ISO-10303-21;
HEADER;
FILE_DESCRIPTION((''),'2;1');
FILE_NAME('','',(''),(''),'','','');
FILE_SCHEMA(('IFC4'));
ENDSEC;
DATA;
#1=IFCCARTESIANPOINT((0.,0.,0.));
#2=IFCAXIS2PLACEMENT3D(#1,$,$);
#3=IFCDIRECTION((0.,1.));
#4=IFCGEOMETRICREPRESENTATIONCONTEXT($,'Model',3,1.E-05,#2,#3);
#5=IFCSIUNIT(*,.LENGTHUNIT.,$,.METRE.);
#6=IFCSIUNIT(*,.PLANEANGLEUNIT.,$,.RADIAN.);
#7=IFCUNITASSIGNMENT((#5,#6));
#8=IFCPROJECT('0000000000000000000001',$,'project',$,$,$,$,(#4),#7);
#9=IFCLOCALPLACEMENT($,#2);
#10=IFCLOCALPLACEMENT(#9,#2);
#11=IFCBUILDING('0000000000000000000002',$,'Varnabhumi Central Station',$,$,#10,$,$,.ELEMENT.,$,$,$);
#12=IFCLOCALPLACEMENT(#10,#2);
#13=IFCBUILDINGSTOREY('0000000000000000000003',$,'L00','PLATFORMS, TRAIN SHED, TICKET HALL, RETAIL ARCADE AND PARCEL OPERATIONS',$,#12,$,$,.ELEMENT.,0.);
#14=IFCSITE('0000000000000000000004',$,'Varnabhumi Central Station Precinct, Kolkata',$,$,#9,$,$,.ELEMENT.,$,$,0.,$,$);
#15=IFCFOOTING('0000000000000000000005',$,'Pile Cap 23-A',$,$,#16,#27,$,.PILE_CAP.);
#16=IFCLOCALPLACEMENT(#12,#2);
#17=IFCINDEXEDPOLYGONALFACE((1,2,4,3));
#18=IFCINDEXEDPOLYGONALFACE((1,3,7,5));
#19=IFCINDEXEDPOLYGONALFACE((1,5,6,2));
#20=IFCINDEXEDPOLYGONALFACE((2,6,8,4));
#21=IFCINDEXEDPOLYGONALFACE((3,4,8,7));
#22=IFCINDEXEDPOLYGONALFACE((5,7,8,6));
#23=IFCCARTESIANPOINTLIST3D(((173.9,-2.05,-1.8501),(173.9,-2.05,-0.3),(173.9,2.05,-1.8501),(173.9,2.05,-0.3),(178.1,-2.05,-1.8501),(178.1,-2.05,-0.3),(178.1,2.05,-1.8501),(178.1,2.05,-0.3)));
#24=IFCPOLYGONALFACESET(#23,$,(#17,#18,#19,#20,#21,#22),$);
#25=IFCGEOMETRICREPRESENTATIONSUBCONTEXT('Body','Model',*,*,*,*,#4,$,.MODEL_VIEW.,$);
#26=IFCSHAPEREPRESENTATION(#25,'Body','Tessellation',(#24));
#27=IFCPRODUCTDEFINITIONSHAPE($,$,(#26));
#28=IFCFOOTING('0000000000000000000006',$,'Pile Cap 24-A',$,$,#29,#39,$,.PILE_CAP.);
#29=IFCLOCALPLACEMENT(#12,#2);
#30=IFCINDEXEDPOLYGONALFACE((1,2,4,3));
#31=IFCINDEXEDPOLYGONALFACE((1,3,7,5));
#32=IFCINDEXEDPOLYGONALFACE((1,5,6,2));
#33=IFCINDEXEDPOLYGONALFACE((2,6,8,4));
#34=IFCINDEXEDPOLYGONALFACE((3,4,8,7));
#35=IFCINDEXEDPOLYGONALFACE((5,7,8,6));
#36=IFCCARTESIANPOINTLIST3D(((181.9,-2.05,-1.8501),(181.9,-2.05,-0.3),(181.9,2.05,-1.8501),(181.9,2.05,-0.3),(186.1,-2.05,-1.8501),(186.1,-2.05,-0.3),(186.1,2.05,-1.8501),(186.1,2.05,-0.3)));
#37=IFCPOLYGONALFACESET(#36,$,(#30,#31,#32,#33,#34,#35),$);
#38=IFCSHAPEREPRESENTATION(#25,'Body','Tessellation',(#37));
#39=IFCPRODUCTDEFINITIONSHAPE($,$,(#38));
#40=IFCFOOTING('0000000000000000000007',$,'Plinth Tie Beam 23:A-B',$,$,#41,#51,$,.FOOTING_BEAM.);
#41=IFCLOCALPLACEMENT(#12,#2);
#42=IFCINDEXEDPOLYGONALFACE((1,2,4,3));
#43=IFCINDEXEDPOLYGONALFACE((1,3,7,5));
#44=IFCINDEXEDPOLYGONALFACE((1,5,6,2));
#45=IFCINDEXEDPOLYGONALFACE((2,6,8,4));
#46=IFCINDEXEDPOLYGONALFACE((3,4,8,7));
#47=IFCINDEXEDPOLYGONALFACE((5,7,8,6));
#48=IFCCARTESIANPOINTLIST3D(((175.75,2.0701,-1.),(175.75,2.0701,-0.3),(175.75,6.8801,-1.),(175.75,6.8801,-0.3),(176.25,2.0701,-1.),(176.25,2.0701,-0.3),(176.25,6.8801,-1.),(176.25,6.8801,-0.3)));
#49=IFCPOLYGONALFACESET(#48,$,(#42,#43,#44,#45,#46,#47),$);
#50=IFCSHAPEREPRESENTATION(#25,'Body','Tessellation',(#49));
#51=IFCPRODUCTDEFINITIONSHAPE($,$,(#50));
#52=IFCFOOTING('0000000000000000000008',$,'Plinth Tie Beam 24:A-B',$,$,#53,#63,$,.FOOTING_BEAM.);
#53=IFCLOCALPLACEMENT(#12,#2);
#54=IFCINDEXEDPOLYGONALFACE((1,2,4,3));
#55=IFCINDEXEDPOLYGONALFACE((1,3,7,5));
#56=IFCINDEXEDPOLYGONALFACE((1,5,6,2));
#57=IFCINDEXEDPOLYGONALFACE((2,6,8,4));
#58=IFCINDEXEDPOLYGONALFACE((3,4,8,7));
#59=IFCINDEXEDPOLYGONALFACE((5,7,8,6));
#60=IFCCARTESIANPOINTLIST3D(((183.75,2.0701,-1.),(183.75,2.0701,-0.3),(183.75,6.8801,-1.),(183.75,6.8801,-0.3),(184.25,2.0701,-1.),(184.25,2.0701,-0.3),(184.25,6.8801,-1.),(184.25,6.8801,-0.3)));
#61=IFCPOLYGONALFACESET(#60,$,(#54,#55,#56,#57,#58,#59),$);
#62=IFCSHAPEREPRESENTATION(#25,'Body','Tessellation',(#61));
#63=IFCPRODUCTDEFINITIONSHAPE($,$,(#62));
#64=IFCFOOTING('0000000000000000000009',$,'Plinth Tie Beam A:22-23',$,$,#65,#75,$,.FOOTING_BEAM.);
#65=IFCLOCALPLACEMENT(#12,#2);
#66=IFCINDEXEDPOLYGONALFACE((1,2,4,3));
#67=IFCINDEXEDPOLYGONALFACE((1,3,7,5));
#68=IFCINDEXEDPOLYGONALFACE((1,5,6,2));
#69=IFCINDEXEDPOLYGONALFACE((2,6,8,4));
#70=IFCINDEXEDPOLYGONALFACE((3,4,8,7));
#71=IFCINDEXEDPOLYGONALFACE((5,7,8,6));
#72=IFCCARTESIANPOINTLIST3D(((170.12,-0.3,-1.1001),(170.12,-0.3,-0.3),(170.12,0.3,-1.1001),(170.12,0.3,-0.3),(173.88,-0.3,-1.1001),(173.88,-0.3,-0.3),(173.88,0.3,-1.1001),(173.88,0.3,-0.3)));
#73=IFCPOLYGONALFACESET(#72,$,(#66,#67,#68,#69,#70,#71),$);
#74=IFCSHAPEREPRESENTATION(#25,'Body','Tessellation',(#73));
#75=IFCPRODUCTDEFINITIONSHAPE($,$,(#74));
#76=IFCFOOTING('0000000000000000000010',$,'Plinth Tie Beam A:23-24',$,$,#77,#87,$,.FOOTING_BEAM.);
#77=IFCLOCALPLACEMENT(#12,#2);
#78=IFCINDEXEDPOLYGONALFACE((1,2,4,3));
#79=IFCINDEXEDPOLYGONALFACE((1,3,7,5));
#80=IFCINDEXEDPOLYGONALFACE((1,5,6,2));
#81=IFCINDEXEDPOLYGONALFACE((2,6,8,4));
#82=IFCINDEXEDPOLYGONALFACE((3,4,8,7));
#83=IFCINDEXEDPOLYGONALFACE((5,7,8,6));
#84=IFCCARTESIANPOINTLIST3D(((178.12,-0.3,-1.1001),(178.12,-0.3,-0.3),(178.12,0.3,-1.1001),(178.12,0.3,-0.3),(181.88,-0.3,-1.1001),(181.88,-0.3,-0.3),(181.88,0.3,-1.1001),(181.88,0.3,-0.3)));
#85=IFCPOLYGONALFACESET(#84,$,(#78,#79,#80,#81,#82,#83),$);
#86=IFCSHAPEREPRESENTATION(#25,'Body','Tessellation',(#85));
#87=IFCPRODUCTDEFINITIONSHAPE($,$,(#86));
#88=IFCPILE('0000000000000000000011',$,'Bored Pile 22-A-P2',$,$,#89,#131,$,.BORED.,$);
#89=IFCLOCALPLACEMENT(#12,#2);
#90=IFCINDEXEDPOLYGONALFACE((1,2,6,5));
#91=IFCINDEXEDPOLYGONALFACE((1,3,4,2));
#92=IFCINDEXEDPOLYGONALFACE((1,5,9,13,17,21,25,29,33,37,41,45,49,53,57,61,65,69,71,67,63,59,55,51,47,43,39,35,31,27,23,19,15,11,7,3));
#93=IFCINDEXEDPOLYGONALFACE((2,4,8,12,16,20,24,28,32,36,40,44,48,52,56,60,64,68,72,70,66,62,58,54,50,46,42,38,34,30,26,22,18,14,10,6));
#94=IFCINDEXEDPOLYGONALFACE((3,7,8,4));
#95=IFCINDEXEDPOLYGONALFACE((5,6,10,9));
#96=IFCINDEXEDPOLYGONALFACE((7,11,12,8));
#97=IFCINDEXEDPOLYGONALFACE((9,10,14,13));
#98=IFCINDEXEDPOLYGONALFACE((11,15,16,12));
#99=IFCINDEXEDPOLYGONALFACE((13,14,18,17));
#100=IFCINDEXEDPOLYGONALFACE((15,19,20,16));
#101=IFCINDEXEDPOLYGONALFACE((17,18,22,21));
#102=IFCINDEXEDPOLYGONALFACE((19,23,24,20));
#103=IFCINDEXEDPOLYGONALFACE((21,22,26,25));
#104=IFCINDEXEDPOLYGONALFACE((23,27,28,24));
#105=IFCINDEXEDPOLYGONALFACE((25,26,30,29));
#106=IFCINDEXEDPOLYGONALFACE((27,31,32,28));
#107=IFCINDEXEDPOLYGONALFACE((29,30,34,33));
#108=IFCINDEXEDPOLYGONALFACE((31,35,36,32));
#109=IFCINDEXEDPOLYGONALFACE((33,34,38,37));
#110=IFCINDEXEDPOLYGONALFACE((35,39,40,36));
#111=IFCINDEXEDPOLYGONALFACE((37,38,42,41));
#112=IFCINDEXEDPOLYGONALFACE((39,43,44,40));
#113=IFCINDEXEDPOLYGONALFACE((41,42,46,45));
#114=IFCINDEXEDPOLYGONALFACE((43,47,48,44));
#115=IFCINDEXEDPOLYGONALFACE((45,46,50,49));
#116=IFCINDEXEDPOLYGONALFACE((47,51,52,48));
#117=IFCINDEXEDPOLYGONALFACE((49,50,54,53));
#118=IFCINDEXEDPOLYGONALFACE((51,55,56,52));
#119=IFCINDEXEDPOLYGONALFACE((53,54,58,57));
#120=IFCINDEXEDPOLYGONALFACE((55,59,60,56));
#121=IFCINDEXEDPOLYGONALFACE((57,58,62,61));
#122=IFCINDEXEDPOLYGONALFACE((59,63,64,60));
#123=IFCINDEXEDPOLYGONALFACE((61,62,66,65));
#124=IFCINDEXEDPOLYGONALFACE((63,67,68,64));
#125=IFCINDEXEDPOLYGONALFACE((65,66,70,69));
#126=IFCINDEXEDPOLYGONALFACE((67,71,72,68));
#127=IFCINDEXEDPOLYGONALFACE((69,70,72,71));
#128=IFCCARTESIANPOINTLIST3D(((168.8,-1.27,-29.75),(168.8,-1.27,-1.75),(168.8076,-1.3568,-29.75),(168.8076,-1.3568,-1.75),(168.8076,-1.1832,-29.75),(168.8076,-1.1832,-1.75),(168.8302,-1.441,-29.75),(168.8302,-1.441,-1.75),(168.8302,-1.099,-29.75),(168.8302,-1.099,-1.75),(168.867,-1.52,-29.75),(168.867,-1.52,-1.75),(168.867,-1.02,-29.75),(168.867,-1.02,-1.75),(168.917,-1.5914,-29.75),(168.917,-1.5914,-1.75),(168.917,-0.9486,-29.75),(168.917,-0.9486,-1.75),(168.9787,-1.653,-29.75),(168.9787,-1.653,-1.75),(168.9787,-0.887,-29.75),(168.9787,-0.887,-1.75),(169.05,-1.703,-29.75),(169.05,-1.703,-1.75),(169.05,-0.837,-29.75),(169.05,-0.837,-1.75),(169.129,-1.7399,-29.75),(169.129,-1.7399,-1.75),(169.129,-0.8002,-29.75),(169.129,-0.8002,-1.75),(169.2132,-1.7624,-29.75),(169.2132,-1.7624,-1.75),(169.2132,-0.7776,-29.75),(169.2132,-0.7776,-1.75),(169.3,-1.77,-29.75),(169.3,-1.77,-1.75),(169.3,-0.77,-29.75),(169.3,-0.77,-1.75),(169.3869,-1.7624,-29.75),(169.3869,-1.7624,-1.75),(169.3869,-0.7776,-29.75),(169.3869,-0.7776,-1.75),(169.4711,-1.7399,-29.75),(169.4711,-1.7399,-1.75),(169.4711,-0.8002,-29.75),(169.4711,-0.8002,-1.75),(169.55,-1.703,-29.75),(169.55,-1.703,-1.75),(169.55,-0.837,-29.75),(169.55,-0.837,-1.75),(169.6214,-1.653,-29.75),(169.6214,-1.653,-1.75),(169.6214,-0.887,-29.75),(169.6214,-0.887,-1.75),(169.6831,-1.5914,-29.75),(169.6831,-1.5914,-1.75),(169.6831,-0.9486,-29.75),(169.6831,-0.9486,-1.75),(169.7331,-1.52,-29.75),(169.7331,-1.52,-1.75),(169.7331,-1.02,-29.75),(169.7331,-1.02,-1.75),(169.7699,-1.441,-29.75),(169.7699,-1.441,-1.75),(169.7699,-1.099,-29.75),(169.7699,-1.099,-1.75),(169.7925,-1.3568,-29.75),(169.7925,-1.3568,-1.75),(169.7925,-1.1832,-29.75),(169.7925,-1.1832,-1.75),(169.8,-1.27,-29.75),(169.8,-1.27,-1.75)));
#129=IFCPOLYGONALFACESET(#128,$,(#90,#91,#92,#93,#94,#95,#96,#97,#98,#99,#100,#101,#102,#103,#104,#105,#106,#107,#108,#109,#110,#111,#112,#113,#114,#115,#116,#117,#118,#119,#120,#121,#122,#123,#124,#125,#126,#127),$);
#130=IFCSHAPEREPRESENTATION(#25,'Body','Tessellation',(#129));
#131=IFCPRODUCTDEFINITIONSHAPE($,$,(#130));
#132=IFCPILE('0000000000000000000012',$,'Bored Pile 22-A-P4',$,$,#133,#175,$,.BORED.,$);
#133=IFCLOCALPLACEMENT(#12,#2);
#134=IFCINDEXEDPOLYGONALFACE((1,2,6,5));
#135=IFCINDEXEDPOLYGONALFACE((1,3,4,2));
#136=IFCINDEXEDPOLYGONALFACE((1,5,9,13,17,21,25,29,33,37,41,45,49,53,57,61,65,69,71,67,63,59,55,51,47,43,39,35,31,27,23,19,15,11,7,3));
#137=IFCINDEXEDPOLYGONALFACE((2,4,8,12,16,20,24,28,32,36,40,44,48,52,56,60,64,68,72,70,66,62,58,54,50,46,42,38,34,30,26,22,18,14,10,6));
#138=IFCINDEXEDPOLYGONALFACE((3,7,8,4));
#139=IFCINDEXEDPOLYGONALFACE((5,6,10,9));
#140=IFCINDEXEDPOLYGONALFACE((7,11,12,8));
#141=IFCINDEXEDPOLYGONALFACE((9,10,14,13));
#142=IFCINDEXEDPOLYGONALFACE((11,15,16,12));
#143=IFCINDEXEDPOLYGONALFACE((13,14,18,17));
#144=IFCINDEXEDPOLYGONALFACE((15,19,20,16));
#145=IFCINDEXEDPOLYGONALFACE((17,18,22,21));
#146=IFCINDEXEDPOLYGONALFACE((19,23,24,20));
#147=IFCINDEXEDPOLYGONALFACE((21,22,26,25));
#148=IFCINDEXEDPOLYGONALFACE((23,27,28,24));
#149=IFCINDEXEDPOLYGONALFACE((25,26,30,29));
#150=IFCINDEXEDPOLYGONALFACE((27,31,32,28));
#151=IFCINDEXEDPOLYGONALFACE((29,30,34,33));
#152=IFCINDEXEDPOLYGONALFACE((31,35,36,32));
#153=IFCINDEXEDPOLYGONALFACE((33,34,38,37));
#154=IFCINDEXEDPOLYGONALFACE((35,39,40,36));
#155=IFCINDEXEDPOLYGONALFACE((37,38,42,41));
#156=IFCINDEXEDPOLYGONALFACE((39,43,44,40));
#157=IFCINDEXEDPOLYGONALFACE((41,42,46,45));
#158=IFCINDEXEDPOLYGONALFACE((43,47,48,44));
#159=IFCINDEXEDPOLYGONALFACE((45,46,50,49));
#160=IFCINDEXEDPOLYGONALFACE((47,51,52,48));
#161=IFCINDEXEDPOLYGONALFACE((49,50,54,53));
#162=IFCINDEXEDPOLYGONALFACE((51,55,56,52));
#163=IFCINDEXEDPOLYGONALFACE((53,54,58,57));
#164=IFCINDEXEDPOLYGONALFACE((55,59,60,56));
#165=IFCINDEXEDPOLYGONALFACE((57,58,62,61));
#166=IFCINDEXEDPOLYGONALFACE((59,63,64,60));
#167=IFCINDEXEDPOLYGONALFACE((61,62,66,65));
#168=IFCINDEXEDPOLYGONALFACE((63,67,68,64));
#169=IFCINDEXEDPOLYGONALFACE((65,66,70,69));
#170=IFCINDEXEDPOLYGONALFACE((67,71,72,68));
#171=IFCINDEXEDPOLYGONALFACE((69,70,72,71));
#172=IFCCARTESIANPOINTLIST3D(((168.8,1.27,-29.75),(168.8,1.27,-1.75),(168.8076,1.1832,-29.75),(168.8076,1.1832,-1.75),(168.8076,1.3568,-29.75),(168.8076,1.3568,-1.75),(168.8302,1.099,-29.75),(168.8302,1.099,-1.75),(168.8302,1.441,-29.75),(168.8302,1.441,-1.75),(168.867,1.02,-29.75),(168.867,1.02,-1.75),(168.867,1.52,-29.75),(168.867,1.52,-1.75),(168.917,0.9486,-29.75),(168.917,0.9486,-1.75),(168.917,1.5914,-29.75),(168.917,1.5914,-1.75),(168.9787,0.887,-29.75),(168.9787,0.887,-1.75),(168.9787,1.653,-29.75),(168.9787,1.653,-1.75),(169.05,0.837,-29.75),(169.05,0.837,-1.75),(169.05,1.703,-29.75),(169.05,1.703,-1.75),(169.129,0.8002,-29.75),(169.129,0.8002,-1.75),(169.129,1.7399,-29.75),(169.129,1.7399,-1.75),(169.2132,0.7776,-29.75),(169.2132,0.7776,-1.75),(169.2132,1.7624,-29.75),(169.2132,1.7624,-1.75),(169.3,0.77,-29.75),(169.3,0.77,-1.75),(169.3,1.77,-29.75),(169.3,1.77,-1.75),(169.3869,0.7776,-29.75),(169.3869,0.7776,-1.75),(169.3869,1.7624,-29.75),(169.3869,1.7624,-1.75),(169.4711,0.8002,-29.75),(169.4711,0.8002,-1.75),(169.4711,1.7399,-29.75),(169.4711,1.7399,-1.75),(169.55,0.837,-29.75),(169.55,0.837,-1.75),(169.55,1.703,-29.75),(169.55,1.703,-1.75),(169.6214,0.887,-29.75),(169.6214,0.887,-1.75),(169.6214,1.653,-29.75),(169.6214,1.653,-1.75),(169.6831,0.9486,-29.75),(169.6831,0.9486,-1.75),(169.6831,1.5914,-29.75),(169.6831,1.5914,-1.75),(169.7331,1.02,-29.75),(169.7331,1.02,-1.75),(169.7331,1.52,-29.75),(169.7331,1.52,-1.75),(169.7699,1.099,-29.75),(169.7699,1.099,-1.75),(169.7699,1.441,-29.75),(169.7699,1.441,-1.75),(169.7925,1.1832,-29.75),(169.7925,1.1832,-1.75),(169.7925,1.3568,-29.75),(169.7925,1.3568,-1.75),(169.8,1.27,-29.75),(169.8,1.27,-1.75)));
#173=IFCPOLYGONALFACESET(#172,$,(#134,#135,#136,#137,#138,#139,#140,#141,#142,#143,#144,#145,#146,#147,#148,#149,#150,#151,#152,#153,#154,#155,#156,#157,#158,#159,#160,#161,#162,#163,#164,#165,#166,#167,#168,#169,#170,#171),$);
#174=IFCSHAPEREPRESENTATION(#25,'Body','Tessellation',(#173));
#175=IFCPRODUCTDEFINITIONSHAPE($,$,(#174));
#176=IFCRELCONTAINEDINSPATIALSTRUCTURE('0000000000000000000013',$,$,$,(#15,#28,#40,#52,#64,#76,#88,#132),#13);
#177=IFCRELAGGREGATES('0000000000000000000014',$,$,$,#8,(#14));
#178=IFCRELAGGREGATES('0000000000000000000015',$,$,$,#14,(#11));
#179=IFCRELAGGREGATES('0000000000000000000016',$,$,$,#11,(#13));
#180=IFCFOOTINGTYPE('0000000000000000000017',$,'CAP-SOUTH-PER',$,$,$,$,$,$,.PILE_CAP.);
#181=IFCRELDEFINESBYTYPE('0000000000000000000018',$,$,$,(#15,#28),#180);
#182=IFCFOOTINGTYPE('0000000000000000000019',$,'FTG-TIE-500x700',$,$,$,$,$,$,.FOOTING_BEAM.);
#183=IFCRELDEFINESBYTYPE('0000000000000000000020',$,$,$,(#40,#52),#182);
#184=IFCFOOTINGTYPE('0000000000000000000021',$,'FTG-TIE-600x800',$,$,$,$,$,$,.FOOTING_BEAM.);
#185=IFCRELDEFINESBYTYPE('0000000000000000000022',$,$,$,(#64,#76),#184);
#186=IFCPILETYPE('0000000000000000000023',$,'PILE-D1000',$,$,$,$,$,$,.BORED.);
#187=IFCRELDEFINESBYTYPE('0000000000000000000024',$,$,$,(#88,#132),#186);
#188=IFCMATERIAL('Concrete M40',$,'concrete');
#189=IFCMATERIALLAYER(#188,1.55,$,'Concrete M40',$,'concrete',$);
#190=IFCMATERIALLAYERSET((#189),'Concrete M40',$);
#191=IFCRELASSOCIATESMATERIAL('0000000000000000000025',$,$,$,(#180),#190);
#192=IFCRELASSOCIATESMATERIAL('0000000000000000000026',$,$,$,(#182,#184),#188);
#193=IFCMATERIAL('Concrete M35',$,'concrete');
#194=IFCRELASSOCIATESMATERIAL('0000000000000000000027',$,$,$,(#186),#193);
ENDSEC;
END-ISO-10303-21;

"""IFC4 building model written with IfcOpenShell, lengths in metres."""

from ifc_helpers import new_model, si_unit, direction, frame, origin, origin_2d, place, context, subcontext, project, spatial, rectangle, circle, extrude, material, layer, layer_set, material_profile, profile_set, type_object, element, save


model = new_model("IFC4")

# Units and contexts
model_context = context("Model", 3, precision=1e-05, world=origin(), true_north=direction((0.0, 1.0)))
body_context = subcontext(model_context, "Body", "Model", "MODEL_VIEW")
ifc_project = project(units=[si_unit("LENGTHUNIT", "METRE"), si_unit("PLANEANGLEUNIT", "RADIAN")], contexts=[model_context])

# Site, building, storey
site_placement = place(None, origin())
site = spatial("IfcSite", under=ifc_project, at=site_placement, Name="Varnabhumi Central Station Precinct, Kolkata", CompositionType="ELEMENT", RefElevation=0.0)
building_placement = place(site_placement, origin())
building = spatial("IfcBuilding", under=site, at=building_placement, Name="Varnabhumi Central Station", CompositionType="ELEMENT")
storey_placement = place(building_placement, origin())
storey = spatial("IfcBuildingStorey", under=building, at=storey_placement, Name="L00", Description="PLATFORMS, TRAIN SHED, TICKET HALL, RETAIL ARCADE AND PARCEL OPERATIONS", CompositionType="ELEMENT", Elevation=0.0)

# Footings
ifc_material_1 = material(Name="Concrete M40", Category="concrete")
ifc_layer_1 = layer(ifc_material_1, 1.55, Name="Concrete M40", Category="concrete")
ifc_layer_set_1 = layer_set([ifc_layer_1], Name="Concrete M40")
footing_type_1 = type_object("IfcFootingType", Name="CAP-SOUTH-PER", PredefinedType="PILE_CAP", material=ifc_layer_set_1)
for number, where, z_axis, x_axis, name in (
    (1, (176.0, 0.0, -1.8501), (0.0, 0.0, 1.0), (1.0, 0.0, 0.0), "Pile Cap 23-A"),
    (2, (184.0, 0.0, -1.8501), (0.0, 0.0, 1.0), (1.0, 0.0, 0.0), "Pile Cap 24-A"),
):
    element("IfcFooting", number, at=place(storey_placement, frame(where, z_axis=z_axis, x_axis=x_axis)), inside=storey, type_object=footing_type_1, Name=name, PredefinedType="PILE_CAP", context=body_context, shape_type="SweptSolid", body=[
        extrude(rectangle(XDim=4.2, YDim=4.1001, at=origin_2d()), origin(), (0.0, 0.0, 1.0), 1.55),
    ])
footing_type_2 = type_object("IfcFootingType", Name="FTG-TIE-500x700", PredefinedType="FOOTING_BEAM", material=ifc_material_1)
for number, where, z_axis, x_axis, name in (
    (3, (176.0, 4.4751, -1.0), (0.0, 0.0, 1.0), (1.0, 0.0, 0.0), "Plinth Tie Beam 23:A-B"),
    (4, (184.0, 4.4751, -1.0), (0.0, 0.0, 1.0), (1.0, 0.0, 0.0), "Plinth Tie Beam 24:A-B"),
):
    element("IfcFooting", number, at=place(storey_placement, frame(where, z_axis=z_axis, x_axis=x_axis)), inside=storey, type_object=footing_type_2, Name=name, PredefinedType="FOOTING_BEAM", context=body_context, shape_type="SweptSolid", body=[
        extrude(rectangle(XDim=0.5, YDim=4.8101, at=origin_2d()), origin(), (0.0, 0.0, 1.0), 0.7),
    ])
footing_type_3 = type_object("IfcFootingType", Name="FTG-TIE-600x800", PredefinedType="FOOTING_BEAM", material=ifc_material_1)
for number, where, z_axis, x_axis, name in (
    (5, (172.0, 0.0, -1.1001), (0.0, 0.0, 1.0), (1.0, 0.0, 0.0), "Plinth Tie Beam A:22-23"),
    (6, (180.0, 0.0, -1.1001), (0.0, 0.0, 1.0), (1.0, 0.0, 0.0), "Plinth Tie Beam A:23-24"),
):
    element("IfcFooting", number, at=place(storey_placement, frame(where, z_axis=z_axis, x_axis=x_axis)), inside=storey, type_object=footing_type_3, Name=name, PredefinedType="FOOTING_BEAM", context=body_context, shape_type="SweptSolid", body=[
        extrude(rectangle(XDim=3.76, YDim=0.6001, at=origin_2d()), origin(), (0.0, 0.0, 1.0), 0.8),
    ])

# Piles
ifc_material_2 = material(Name="Concrete M35", Category="concrete")
ifc_material_profile_1 = material_profile(ifc_material_2, circle(Radius=0.5, at=origin_2d()), Name="Concrete M35", Category="concrete")
ifc_profile_set_1 = profile_set([ifc_material_profile_1], Name="Concrete M35")
pile_type = type_object("IfcPileType", Name="PILE-D1000", PredefinedType="BORED", material=ifc_profile_set_1)
for number, where, z_axis, x_axis, name in (
    (7, (169.3, -1.27, -1.75), (0.0, 0.0, -1.0), (1.0, 0.0, 0.0), "Bored Pile 22-A-P2"),
    (8, (169.3, 1.27, -1.75), (0.0, 0.0, -1.0), (1.0, 0.0, 0.0), "Bored Pile 22-A-P4"),
):
    element("IfcPile", number, at=place(storey_placement, frame(where, z_axis=z_axis, x_axis=x_axis)), inside=storey, type_object=pile_type, Name=name, PredefinedType="BORED", context=body_context, shape_type="SweptSolid", body=[
        extrude(circle(Radius=0.5, at=origin_2d()), origin(), (0.0, 0.0, 1.0), 28.0),
    ])

save(model, "model.ifc")
